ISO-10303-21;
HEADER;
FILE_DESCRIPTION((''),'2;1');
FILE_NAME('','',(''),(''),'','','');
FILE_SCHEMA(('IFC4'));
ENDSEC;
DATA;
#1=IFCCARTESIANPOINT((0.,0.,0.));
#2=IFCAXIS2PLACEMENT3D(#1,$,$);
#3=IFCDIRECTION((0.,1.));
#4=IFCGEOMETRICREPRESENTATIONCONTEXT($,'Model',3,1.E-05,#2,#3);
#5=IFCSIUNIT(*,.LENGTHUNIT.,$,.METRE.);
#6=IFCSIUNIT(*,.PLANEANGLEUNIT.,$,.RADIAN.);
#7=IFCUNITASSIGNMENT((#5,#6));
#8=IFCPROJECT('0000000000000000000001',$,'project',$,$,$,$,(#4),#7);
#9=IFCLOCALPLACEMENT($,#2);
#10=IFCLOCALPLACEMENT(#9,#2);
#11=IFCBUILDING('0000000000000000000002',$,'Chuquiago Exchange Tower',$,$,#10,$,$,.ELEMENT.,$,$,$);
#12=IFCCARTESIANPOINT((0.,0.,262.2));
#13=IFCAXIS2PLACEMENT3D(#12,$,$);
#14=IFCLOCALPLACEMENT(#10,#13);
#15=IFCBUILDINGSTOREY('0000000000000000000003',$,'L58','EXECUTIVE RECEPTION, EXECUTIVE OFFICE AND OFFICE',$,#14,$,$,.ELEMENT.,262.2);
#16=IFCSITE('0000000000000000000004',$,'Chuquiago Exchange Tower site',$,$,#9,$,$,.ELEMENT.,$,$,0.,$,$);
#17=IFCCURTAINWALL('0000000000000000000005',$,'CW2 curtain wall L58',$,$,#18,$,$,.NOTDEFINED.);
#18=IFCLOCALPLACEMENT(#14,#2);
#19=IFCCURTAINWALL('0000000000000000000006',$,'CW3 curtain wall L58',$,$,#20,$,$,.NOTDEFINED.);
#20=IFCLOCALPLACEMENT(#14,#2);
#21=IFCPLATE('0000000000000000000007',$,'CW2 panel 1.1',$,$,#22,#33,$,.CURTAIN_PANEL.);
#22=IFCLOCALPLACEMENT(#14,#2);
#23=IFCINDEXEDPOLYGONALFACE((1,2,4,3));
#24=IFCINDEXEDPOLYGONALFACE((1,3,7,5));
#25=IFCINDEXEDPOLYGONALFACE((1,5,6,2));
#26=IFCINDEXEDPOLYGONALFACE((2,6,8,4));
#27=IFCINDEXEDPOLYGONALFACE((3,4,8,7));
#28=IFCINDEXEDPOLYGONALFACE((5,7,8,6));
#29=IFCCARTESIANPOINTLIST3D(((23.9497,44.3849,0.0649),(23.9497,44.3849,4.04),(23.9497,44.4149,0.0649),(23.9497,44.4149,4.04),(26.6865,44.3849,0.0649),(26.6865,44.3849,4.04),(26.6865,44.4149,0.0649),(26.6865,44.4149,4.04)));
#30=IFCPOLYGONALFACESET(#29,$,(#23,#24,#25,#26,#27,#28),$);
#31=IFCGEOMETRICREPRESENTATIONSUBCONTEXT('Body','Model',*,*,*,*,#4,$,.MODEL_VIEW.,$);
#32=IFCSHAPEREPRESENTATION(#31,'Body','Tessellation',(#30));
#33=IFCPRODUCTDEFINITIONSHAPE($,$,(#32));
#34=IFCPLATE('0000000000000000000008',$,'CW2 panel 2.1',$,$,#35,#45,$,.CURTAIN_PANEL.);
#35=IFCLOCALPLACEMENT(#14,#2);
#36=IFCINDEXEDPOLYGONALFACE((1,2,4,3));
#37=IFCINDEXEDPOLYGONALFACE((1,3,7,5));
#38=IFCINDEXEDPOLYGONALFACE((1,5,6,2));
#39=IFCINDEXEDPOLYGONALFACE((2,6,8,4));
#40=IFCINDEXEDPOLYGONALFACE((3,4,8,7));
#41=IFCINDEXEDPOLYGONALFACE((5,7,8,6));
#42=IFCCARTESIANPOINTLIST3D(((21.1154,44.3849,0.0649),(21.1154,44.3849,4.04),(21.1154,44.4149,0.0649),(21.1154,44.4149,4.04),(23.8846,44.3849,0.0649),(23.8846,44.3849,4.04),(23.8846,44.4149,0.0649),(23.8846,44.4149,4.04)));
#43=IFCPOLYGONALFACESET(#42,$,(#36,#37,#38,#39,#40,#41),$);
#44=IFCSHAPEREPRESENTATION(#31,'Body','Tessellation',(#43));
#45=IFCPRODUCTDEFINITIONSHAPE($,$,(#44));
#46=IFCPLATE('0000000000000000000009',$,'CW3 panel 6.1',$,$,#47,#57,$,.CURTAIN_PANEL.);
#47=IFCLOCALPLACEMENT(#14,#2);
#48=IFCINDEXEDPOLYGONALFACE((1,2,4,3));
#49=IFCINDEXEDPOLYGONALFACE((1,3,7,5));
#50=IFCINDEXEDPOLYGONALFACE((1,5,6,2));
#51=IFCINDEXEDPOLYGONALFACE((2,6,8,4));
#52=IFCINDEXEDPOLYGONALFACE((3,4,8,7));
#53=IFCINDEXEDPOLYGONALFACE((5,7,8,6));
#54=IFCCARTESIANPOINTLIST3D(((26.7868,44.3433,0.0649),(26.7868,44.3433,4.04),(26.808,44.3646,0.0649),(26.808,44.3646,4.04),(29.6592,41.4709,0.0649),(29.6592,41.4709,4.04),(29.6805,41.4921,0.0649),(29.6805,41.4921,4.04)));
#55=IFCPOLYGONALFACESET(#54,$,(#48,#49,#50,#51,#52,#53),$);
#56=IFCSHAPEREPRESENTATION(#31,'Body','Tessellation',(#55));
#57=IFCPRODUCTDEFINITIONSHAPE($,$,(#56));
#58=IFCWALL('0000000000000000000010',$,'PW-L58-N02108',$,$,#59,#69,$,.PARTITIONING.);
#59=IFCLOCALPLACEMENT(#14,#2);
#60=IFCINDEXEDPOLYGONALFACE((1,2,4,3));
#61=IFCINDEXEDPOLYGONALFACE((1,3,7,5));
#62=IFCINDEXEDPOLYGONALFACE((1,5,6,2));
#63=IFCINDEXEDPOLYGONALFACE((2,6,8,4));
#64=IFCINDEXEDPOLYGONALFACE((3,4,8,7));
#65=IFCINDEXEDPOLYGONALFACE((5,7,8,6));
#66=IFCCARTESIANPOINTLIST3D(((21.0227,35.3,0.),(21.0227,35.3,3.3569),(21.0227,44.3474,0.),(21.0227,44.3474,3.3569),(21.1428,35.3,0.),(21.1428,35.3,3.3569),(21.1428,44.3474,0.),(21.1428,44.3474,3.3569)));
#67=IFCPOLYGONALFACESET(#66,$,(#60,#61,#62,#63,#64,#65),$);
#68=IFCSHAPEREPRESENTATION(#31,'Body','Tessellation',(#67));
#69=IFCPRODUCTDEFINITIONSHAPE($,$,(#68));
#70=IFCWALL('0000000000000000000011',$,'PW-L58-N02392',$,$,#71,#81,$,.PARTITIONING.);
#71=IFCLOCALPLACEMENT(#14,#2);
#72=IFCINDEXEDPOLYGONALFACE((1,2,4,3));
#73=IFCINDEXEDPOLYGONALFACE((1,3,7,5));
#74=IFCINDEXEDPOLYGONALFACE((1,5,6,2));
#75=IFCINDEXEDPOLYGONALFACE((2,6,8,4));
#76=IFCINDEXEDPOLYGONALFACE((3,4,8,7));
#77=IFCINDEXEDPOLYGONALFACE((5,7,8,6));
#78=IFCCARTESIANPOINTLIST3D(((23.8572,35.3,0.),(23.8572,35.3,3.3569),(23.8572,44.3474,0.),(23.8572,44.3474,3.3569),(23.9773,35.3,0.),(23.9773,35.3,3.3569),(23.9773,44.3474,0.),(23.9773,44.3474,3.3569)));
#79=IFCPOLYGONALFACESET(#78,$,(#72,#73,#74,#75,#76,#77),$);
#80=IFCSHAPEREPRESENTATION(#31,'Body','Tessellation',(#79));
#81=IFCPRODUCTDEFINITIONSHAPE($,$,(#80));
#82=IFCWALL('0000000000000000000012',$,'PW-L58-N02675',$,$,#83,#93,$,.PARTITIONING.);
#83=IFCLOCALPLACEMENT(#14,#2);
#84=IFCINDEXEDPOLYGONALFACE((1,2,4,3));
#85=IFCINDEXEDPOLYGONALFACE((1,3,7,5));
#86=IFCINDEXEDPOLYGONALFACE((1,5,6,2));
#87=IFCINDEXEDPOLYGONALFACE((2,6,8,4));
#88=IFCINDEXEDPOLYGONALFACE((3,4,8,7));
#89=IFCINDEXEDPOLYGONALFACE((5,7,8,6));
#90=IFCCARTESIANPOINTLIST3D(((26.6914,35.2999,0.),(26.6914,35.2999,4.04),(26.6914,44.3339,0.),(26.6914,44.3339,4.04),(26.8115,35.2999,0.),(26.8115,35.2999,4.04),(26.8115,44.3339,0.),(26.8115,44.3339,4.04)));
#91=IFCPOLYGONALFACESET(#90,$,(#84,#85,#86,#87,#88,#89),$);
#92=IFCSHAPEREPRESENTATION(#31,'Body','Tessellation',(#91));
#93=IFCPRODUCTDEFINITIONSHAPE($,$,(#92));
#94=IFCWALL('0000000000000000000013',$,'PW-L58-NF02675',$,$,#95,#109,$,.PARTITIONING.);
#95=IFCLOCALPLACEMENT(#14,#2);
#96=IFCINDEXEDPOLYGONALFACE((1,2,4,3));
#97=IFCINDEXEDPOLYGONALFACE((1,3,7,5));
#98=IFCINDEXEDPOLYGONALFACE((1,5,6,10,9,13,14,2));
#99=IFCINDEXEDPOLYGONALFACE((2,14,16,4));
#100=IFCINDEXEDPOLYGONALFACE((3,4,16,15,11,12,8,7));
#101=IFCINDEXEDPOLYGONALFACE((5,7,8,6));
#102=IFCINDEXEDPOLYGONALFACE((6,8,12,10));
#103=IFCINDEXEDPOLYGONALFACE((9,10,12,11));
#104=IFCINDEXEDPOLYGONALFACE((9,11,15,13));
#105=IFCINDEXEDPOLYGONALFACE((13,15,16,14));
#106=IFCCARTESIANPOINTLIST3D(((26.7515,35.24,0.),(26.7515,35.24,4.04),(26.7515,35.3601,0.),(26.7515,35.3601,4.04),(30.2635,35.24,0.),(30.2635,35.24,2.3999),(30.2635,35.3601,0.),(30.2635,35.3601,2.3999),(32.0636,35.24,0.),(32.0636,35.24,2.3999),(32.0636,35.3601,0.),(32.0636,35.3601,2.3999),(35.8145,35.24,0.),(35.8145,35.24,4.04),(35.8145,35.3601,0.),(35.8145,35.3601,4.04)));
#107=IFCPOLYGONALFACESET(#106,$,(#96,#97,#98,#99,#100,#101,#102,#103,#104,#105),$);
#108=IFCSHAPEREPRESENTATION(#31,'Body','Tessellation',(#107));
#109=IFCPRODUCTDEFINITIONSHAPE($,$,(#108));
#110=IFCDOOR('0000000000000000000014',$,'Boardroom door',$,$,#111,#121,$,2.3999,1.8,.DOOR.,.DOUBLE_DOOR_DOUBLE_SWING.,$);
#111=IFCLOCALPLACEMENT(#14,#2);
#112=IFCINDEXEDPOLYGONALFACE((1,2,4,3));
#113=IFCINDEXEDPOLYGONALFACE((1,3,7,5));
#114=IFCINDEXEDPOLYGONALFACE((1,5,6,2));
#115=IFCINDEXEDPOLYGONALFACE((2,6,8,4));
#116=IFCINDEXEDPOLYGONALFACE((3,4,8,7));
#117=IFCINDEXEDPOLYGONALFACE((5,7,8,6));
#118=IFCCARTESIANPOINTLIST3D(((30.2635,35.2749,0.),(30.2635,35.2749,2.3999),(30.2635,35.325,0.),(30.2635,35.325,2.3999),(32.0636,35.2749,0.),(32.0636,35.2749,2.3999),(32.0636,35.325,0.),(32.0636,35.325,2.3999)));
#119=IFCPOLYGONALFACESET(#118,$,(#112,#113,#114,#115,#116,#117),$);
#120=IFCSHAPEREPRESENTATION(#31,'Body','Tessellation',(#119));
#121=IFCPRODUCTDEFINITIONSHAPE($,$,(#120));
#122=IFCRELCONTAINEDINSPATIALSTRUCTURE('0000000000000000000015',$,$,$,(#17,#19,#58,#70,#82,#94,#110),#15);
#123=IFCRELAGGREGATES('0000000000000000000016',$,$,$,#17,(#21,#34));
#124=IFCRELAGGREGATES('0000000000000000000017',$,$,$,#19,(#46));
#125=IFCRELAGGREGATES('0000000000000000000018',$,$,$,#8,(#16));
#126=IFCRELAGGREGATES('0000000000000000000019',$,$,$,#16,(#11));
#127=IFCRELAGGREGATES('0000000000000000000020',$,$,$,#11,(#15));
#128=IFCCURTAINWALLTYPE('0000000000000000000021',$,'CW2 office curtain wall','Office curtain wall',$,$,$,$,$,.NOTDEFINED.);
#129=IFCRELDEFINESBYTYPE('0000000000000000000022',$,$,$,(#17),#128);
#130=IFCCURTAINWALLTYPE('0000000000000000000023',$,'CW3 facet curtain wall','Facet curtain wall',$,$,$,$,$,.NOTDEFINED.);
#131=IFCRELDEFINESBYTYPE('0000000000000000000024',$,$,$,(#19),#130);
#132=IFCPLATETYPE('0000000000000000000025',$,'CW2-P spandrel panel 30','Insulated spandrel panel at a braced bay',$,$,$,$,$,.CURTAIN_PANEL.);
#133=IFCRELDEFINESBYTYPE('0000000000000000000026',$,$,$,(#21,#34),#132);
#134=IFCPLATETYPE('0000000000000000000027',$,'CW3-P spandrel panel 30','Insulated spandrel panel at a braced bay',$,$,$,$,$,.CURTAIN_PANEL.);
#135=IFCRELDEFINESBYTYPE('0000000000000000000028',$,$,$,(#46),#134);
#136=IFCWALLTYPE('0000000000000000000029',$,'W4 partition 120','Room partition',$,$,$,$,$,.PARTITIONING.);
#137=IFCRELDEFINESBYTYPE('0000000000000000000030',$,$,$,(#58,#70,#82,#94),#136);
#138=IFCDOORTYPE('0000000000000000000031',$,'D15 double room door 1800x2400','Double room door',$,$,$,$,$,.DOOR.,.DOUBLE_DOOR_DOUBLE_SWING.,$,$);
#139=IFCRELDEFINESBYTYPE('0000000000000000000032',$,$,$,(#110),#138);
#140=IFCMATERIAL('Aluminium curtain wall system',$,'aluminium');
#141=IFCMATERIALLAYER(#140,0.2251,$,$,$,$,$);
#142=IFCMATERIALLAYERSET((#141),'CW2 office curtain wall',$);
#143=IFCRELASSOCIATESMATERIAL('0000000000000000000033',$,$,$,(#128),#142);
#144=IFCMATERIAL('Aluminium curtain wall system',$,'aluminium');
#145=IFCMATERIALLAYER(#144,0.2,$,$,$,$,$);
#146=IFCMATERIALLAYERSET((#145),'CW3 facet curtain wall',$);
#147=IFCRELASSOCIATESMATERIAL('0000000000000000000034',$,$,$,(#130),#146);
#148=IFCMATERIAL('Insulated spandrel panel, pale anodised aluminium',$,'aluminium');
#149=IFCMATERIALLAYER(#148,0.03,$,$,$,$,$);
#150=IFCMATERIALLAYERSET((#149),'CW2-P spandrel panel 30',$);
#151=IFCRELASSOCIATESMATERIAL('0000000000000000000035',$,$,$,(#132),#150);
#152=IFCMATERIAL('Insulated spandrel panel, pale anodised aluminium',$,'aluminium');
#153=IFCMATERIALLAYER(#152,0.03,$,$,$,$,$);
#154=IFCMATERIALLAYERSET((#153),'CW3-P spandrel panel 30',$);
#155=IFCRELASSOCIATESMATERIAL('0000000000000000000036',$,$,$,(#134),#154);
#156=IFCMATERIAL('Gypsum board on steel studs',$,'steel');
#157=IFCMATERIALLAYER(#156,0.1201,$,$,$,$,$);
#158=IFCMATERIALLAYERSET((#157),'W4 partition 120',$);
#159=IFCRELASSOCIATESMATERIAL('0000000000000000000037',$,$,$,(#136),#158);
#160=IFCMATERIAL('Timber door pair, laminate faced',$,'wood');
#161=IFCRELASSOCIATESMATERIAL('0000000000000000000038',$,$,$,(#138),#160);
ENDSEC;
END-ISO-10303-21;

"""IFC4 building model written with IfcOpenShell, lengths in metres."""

from ifc_helpers import new_model, si_unit, direction, frame, frame_2d, origin, origin_2d, place, context, subcontext, project, spatial, rectangle, extrude, material, layer, layer_set, type_object, element, fill, aggregate, save


model = new_model("IFC4")

# Units and contexts
model_context = context("Model", 3, precision=1e-05, world=origin(), true_north=direction((0.0, 1.0)))
body_context = subcontext(model_context, "Body", "Model", "MODEL_VIEW")
ifc_project = project(units=[si_unit("LENGTHUNIT", "METRE"), si_unit("PLANEANGLEUNIT", "RADIAN")], contexts=[model_context])

# Site, building, storey
site_placement = place(None, origin())
site = spatial("IfcSite", under=ifc_project, at=site_placement, Name="Chuquiago Exchange Tower site", CompositionType="ELEMENT", RefElevation=0.0)
building_placement = place(site_placement, origin())
building = spatial("IfcBuilding", under=site, at=building_placement, Name="Chuquiago Exchange Tower", CompositionType="ELEMENT")
storey_placement = place(building_placement, frame((0.0, 0.0, 262.2)))
storey = spatial("IfcBuildingStorey", under=building, at=storey_placement, Name="L58", Description="EXECUTIVE RECEPTION, EXECUTIVE OFFICE AND OFFICE", CompositionType="ELEMENT", Elevation=262.2)

# Curtain walls
ifc_material_1 = material(Name="Aluminium curtain wall system", Category="aluminium")
ifc_layer_1 = layer(ifc_material_1, 0.2251)
ifc_layer_set_1 = layer_set([ifc_layer_1], Name="CW2 office curtain wall")
curtain_wall_type_1 = type_object("IfcCurtainWallType", Name="CW2 office curtain wall", Description="Office curtain wall", PredefinedType="NOTDEFINED", material=ifc_layer_set_1)
curtain_wall_1_placement = place(storey_placement, origin())
curtain_wall_1 = element("IfcCurtainWall", 1, at=curtain_wall_1_placement, inside=storey, type_object=curtain_wall_type_1, Name="CW2 curtain wall L58", PredefinedType="NOTDEFINED")
ifc_material_2 = material(Name="Aluminium curtain wall system", Category="aluminium")
ifc_layer_2 = layer(ifc_material_2, 0.2)
ifc_layer_set_2 = layer_set([ifc_layer_2], Name="CW3 facet curtain wall")
curtain_wall_type_2 = type_object("IfcCurtainWallType", Name="CW3 facet curtain wall", Description="Facet curtain wall", PredefinedType="NOTDEFINED", material=ifc_layer_set_2)
curtain_wall_2_placement = place(storey_placement, origin())
curtain_wall_2 = element("IfcCurtainWall", 2, at=curtain_wall_2_placement, inside=storey, type_object=curtain_wall_type_2, Name="CW3 curtain wall L58", PredefinedType="NOTDEFINED")

# Plates
ifc_material_3 = material(Name="Insulated spandrel panel, pale anodised aluminium", Category="aluminium")
ifc_layer_3 = layer(ifc_material_3, 0.03)
ifc_layer_set_3 = layer_set([ifc_layer_3], Name="CW2-P spandrel panel 30")
plate_type_1 = type_object("IfcPlateType", Name="CW2-P spandrel panel 30", Description="Insulated spandrel panel at a braced bay", PredefinedType="CURTAIN_PANEL", material=ifc_layer_set_3)
plate_1_placement = place(storey_placement, frame((25.3181, 44.3999, 0.0649), z_axis=(0.0, 0.0, 1.0), x_axis=(-1.0, 0.0, 0.0)))
plate_1 = element("IfcPlate", 3, at=plate_1_placement, type_object=plate_type_1, Name="CW2 panel 1.1", PredefinedType="CURTAIN_PANEL", context=body_context, shape_type="SweptSolid", body=[
    extrude(rectangle(XDim=2.7368, YDim=0.03, at=origin_2d()), origin(), (0.0, 0.0, 1.0), 3.9751),
])
plate_2_placement = place(storey_placement, frame((22.5, 44.3999, 0.0649), z_axis=(0.0, 0.0, 1.0), x_axis=(-1.0, 0.0, 0.0)))
plate_2 = element("IfcPlate", 4, at=plate_2_placement, type_object=plate_type_1, Name="CW2 panel 2.1", PredefinedType="CURTAIN_PANEL", context=body_context, shape_type="SweptSolid", body=[
    extrude(rectangle(XDim=2.7693, YDim=0.03, at=origin_2d()), origin(), (0.0, 0.0, 1.0), 3.9751),
])
aggregate(curtain_wall_1, [plate_1, plate_2])
ifc_material_4 = material(Name="Insulated spandrel panel, pale anodised aluminium", Category="aluminium")
ifc_layer_4 = layer(ifc_material_4, 0.03)
ifc_layer_set_4 = layer_set([ifc_layer_4], Name="CW3-P spandrel panel 30")
plate_type_2 = type_object("IfcPlateType", Name="CW3-P spandrel panel 30", Description="Insulated spandrel panel at a braced bay", PredefinedType="CURTAIN_PANEL", material=ifc_layer_set_4)
plate_3_placement = place(storey_placement, frame((28.2336, 42.9177, 0.0649), z_axis=(0.0, 0.0, 1.0), x_axis=(-0.707107, 0.707107, 0.0)))
plate_3 = element("IfcPlate", 5, at=plate_3_placement, type_object=plate_type_2, Name="CW3 panel 6.1", PredefinedType="CURTAIN_PANEL", context=body_context, shape_type="SweptSolid", body=[
    extrude(rectangle(XDim=4.0623, YDim=0.03, at=origin_2d()), origin(), (0.0, 0.0, 1.0), 3.9751),
])
aggregate(curtain_wall_2, [plate_3])

# Walls
ifc_material_5 = material(Name="Gypsum board on steel studs", Category="steel")
ifc_layer_5 = layer(ifc_material_5, 0.1201)
ifc_layer_set_5 = layer_set([ifc_layer_5], Name="W4 partition 120")
wall_type = type_object("IfcWallType", Name="W4 partition 120", Description="Room partition", PredefinedType="PARTITIONING", material=ifc_layer_set_5)
for number, where, z_axis, x_axis, name in (
    (6, (21.0828, 44.3474, 0.0), (0.0, 0.0, 1.0), (0.0, -1.0, 0.0), "PW-L58-N02108"),
    (7, (23.9172, 44.3474, 0.0), (0.0, 0.0, 1.0), (0.0, -1.0, 0.0), "PW-L58-N02392"),
):
    element("IfcWall", number, at=place(storey_placement, frame(where, z_axis=z_axis, x_axis=x_axis)), inside=storey, type_object=wall_type, Name=name, PredefinedType="PARTITIONING", context=body_context, shape_type="SweptSolid", body=[
        extrude(rectangle(XDim=9.0474, YDim=0.1201, at=frame_2d((4.5237, 0.0))), origin(), (0.0, 0.0, 1.0), 3.3569),
    ])
wall_1_placement = place(storey_placement, frame((26.7515, 44.334, 0.0), z_axis=(0.0, 0.0, 1.0), x_axis=(0.0, -1.0, 0.0)))
element("IfcWall", 8, at=wall_1_placement, inside=storey, type_object=wall_type, Name="PW-L58-N02675", PredefinedType="PARTITIONING", context=body_context, shape_type="SweptSolid", body=[
    extrude(rectangle(XDim=9.0339, YDim=0.1201, at=frame_2d((4.5171, 0.0))), origin(), (0.0, 0.0, 1.0), 4.04),
])

# Wall, opening, door
wall_2_placement = place(storey_placement, frame((26.7515, 35.3, 0.0), z_axis=(0.0, 0.0, 1.0), x_axis=(1.0, 0.0, 0.0)))
wall_2 = element("IfcWall", 9, at=wall_2_placement, inside=storey, type_object=wall_type, Name="PW-L58-NF02675", PredefinedType="PARTITIONING", context=body_context, shape_type="SweptSolid", body=[
    extrude(rectangle(XDim=9.063, YDim=0.1201, at=frame_2d((4.5315, 0.0))), origin(), (0.0, 0.0, 1.0), 4.04),
])
opening_1_placement = place(wall_2_placement, frame((3.5122, 0.0, 0.0)))
opening_1 = element("IfcOpeningElement", 10, at=opening_1_placement, cuts=wall_2, PredefinedType="OPENING", context=body_context, shape_type="SweptSolid", body=[
    extrude(rectangle(XDim=1.8, YDim=2.3999, at=frame_2d((0.8999, 1.2))), frame((0.0, 0.0701, 0.0), z_axis=(0.0, -1.0, 0.0), x_axis=(1.0, 0.0, 0.0)), (0.0, 0.0, 1.0), 0.1401),
])
ifc_material_6 = material(Name="Timber door pair, laminate faced", Category="wood")
door_type_1 = type_object("IfcDoorType", Name="D15 double room door 1800x2400", Description="Double room door", OperationType="DOUBLE_DOOR_DOUBLE_SWING", PredefinedType="DOOR", material=ifc_material_6)
door_1_placement = place(opening_1_placement, origin())
door_1 = element("IfcDoor", 11, at=door_1_placement, inside=storey, type_object=door_type_1, Name="Boardroom door", OperationType="DOUBLE_DOOR_DOUBLE_SWING", OverallHeight=2.3999, OverallWidth=1.8, PredefinedType="DOOR", context=body_context, shape_type="SweptSolid", body=[
    extrude(rectangle(XDim=1.8, YDim=2.3999, at=frame_2d((0.8999, 1.2))), frame((0.0, 0.0249, 0.0), z_axis=(0.0, -1.0, 0.0), x_axis=(1.0, 0.0, 0.0)), (0.0, 0.0, 1.0), 0.05),
])
fill(opening_1, door_1)

save(model, "model.ifc")
